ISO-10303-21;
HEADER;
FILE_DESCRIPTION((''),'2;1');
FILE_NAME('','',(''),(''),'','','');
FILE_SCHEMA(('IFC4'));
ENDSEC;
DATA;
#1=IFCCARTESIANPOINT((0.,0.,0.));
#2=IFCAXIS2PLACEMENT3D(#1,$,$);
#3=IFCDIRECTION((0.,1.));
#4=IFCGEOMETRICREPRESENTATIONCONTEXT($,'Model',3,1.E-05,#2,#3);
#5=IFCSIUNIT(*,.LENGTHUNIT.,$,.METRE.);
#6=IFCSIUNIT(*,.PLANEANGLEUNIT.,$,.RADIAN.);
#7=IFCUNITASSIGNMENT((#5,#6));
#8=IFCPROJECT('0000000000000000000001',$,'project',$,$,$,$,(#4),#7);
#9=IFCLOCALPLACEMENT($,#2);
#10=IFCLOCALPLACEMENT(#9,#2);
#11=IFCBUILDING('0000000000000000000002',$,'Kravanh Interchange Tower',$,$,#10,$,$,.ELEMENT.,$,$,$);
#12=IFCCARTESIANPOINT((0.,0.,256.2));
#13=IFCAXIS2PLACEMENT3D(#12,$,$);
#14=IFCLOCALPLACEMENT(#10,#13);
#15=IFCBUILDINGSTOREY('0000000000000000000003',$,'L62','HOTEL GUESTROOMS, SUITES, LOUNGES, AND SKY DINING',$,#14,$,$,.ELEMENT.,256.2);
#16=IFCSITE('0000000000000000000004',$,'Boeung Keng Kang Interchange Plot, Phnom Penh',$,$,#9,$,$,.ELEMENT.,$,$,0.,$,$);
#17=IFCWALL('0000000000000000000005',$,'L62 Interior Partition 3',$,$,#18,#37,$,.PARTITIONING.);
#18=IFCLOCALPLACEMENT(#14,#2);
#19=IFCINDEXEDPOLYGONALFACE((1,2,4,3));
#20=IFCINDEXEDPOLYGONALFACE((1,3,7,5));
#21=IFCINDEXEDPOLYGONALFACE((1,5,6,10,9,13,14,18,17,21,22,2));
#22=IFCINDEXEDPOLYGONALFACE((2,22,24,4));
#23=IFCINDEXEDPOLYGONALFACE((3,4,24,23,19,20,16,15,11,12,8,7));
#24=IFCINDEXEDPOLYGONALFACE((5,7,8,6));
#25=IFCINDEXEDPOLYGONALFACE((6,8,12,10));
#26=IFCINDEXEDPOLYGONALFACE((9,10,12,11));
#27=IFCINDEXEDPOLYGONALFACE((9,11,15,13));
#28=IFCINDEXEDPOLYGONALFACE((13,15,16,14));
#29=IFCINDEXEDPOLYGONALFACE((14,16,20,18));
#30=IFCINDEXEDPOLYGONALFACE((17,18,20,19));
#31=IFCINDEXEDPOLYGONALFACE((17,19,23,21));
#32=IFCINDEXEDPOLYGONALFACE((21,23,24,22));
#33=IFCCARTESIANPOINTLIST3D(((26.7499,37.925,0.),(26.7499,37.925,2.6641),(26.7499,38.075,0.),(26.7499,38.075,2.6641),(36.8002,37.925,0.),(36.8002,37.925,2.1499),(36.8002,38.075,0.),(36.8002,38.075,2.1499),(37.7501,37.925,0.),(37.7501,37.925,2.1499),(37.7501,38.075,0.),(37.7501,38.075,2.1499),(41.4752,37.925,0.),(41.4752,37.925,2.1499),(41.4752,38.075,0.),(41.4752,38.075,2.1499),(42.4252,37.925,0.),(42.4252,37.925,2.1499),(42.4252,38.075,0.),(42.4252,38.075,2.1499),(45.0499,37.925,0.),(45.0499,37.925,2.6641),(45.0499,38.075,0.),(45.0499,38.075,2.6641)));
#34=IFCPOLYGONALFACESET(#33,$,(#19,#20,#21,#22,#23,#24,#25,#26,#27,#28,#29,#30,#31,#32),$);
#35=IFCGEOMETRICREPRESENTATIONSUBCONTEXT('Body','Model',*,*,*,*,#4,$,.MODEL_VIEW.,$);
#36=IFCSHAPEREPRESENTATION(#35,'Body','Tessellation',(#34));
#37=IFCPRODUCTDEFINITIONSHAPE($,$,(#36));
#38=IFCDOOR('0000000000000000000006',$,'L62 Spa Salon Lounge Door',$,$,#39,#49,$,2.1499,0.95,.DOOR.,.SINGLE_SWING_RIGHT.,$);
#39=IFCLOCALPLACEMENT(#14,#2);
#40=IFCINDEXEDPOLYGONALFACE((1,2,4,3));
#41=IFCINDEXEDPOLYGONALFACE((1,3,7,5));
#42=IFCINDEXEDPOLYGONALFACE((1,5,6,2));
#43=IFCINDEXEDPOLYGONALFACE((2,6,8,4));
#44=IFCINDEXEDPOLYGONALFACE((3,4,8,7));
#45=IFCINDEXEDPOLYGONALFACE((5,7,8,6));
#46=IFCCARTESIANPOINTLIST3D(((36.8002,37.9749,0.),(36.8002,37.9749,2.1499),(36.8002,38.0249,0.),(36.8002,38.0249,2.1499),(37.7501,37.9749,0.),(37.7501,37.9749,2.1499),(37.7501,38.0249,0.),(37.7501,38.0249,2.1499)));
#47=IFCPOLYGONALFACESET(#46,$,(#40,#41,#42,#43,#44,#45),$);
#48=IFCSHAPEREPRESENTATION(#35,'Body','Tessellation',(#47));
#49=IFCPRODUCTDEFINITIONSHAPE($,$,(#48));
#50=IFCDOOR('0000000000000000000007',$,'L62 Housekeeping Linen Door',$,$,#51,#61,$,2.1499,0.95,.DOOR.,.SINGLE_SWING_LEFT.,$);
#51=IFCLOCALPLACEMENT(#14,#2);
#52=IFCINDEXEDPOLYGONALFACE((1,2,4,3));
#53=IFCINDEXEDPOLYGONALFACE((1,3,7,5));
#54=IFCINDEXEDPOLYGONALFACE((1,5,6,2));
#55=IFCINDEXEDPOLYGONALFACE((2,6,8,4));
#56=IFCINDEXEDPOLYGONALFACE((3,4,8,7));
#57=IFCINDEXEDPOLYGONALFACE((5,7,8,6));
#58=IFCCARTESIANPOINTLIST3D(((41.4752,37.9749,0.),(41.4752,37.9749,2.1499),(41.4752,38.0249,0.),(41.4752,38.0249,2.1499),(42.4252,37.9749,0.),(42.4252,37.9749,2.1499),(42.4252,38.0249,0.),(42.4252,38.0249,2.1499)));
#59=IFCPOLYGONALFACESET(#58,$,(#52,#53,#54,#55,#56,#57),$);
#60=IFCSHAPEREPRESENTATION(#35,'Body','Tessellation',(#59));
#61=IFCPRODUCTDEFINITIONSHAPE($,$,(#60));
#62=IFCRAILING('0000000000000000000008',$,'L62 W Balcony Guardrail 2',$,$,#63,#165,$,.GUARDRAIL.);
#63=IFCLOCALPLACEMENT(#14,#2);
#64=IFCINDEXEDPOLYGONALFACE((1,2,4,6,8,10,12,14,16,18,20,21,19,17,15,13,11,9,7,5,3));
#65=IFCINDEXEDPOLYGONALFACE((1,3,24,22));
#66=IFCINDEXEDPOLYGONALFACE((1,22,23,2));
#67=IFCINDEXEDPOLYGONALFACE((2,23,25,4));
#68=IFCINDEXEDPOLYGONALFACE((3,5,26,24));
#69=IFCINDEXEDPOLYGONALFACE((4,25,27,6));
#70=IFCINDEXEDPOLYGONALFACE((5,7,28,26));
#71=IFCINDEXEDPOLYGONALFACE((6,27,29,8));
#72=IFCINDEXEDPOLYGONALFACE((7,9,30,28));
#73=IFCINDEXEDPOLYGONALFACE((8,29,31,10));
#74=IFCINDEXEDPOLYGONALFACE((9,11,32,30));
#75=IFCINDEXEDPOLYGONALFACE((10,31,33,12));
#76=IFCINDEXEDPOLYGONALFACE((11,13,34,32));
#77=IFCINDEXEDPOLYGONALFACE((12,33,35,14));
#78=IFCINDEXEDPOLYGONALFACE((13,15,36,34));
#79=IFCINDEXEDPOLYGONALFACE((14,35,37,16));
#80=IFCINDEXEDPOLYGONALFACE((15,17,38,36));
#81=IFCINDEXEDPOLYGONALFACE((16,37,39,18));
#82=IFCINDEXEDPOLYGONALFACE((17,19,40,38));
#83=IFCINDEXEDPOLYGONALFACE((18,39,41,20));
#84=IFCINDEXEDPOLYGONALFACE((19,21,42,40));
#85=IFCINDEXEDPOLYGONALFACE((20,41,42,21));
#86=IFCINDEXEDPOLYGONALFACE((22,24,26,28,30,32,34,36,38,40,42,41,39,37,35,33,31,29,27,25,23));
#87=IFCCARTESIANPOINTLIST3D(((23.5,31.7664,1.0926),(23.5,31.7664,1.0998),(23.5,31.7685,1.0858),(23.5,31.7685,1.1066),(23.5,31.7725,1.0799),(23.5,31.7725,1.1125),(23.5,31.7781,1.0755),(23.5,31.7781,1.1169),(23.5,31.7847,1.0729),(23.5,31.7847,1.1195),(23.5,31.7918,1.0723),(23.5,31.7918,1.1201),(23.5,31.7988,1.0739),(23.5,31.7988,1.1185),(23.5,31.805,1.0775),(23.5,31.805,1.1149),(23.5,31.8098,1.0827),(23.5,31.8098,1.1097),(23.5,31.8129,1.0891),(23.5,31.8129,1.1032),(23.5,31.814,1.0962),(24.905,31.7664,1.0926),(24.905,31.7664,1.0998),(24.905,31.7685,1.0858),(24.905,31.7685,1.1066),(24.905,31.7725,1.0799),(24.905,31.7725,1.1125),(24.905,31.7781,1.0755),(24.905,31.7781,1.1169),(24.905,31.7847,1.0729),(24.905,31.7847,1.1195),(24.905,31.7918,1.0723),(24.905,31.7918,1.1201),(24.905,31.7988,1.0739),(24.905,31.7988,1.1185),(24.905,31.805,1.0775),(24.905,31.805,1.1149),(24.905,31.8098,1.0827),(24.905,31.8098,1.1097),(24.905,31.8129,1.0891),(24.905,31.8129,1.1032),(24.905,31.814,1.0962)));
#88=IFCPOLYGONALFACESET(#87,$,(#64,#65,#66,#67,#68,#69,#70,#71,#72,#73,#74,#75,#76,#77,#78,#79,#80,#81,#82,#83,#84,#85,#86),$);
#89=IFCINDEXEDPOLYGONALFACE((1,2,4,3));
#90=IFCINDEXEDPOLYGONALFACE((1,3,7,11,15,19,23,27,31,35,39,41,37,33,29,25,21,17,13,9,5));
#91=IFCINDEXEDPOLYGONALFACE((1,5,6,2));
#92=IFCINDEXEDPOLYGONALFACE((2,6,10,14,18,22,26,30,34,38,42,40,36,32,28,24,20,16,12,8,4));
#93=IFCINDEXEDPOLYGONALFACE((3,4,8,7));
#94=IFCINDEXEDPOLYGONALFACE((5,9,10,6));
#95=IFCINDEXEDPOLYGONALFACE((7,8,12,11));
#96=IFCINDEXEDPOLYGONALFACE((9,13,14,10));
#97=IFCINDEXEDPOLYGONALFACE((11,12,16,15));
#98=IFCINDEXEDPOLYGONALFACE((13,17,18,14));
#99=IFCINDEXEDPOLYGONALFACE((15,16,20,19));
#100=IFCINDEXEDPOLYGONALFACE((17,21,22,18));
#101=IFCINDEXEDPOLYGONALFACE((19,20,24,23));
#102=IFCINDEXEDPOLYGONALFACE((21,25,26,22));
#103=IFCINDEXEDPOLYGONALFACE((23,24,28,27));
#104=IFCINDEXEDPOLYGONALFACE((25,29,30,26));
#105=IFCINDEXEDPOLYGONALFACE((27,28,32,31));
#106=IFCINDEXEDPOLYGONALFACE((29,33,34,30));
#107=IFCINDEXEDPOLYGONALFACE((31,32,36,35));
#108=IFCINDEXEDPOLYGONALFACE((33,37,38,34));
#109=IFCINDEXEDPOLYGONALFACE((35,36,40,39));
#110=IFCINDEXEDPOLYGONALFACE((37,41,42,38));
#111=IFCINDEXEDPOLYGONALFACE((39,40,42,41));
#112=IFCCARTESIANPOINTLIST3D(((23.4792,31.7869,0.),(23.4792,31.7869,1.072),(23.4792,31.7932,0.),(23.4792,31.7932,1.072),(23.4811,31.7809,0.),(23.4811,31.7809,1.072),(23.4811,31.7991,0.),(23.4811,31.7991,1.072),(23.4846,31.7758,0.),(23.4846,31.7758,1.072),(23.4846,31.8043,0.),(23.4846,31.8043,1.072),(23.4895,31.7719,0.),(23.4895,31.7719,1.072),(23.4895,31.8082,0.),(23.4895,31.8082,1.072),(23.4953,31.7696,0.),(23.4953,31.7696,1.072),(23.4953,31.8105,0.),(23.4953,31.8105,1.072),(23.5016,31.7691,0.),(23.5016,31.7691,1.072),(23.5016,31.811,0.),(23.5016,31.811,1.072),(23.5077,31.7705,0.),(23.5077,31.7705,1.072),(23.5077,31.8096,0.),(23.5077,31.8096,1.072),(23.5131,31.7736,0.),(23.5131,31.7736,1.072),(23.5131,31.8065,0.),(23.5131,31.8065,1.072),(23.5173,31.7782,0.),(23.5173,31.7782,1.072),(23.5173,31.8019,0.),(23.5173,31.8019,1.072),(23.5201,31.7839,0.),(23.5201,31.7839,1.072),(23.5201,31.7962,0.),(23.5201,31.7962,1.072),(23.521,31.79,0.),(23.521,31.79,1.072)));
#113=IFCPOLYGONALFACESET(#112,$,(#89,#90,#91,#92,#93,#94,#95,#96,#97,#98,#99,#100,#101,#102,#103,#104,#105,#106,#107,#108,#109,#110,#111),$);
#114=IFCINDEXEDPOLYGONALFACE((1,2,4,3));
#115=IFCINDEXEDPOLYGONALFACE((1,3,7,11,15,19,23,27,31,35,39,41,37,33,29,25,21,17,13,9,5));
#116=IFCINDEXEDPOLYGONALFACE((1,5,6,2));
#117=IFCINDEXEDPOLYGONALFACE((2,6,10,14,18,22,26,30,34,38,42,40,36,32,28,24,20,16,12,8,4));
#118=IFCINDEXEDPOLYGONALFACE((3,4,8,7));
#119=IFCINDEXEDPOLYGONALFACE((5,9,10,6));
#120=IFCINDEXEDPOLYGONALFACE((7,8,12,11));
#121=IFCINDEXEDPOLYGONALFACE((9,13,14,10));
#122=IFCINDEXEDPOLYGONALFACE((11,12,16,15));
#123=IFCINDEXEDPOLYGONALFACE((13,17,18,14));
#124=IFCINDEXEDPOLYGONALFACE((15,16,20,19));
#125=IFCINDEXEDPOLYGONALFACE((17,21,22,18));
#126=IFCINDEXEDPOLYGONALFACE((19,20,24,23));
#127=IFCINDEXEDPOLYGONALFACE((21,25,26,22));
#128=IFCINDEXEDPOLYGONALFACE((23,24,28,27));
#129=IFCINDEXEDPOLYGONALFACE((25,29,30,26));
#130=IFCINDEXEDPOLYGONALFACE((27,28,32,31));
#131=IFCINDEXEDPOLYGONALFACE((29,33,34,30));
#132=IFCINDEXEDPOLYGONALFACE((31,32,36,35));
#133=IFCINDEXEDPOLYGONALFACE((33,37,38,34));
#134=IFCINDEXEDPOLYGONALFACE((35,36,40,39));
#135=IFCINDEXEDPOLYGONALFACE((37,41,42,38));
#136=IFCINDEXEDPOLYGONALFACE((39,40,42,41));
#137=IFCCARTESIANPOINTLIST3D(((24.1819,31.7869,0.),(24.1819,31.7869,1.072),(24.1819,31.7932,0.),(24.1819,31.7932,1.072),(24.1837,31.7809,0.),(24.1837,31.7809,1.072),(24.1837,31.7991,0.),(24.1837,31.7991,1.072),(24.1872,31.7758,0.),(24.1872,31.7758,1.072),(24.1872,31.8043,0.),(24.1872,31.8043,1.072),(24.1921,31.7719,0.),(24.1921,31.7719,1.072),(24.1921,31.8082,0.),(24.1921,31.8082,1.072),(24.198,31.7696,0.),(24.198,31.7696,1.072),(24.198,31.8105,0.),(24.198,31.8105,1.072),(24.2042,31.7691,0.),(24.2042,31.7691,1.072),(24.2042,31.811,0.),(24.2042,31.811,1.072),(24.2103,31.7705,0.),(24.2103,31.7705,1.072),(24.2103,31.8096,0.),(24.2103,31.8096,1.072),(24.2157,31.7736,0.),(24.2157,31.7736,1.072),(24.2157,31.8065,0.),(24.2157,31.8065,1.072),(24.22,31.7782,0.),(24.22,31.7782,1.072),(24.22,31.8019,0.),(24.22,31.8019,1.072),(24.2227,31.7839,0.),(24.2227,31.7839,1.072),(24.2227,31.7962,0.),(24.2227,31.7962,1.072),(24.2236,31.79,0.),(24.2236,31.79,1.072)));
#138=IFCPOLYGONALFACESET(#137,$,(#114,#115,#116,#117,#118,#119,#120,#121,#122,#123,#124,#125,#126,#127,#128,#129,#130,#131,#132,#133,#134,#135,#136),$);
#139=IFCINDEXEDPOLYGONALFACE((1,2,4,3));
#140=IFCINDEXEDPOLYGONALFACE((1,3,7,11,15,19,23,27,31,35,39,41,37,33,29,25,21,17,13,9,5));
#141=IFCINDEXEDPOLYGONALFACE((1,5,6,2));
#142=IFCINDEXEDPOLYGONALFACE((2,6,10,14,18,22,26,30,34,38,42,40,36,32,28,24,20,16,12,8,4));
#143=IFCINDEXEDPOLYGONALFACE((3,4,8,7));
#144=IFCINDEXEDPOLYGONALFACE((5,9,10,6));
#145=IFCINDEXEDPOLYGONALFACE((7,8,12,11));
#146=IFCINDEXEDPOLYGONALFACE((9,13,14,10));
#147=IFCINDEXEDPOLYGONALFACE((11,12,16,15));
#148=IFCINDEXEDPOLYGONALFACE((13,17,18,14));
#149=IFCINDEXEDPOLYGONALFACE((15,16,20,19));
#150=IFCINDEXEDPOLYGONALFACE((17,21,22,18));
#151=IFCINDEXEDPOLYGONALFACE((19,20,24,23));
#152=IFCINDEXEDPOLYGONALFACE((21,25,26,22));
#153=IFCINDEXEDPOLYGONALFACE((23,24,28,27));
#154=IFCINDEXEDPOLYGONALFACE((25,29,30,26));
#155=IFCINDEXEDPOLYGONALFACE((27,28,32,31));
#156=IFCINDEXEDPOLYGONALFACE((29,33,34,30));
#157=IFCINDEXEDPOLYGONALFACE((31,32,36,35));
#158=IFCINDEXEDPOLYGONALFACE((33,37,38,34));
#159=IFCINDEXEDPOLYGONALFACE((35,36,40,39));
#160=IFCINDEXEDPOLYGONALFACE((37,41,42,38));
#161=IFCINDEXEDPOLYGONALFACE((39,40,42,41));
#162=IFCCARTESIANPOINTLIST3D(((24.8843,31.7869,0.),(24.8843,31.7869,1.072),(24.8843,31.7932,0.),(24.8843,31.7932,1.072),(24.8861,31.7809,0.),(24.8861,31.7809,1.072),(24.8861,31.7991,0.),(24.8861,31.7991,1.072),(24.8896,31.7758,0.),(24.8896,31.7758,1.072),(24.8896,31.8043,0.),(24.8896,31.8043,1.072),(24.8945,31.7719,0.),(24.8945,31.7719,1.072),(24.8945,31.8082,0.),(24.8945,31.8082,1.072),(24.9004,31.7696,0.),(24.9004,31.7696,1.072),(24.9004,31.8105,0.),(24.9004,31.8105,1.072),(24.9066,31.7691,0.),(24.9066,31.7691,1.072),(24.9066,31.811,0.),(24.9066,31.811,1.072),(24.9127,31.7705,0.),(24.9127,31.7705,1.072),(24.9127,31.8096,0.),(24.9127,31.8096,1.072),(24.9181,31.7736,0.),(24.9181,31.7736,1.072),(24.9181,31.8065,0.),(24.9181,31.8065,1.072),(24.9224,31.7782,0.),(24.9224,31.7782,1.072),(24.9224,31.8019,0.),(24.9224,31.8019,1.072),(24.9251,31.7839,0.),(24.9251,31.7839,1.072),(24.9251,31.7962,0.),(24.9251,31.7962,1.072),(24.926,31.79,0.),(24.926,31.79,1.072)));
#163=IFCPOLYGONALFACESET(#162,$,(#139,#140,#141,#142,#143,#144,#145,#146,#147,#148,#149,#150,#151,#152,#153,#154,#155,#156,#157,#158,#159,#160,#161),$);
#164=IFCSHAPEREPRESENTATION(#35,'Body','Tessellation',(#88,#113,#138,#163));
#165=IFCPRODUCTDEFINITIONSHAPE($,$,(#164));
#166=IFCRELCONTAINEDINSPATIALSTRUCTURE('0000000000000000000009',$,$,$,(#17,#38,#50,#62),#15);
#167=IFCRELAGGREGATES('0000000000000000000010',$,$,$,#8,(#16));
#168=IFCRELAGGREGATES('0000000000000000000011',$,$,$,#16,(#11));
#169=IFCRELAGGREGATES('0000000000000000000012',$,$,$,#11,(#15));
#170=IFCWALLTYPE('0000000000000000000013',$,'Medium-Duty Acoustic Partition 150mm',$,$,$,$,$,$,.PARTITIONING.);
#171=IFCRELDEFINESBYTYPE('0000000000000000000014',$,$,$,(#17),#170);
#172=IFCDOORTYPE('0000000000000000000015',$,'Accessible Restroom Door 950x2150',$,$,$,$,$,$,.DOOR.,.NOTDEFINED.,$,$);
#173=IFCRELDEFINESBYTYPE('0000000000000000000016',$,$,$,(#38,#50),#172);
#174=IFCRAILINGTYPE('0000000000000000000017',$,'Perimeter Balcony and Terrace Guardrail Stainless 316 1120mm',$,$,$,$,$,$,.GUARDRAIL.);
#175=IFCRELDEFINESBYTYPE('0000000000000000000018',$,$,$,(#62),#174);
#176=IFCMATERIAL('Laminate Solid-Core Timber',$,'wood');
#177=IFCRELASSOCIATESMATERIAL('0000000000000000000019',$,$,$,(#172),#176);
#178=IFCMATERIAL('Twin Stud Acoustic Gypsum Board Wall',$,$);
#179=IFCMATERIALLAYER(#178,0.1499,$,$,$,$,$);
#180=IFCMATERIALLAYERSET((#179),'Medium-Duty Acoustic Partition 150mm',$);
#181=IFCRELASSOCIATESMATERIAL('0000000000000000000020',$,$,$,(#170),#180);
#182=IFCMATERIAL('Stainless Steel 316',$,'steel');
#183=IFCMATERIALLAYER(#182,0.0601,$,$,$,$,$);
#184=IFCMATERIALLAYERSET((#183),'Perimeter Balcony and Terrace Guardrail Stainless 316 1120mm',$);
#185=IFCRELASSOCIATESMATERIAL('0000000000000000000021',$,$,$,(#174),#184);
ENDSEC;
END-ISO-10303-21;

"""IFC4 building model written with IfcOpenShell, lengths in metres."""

from ifc_helpers import new_model, si_unit, direction, frame, frame_2d, origin, origin_2d, place, context, subcontext, project, spatial, rectangle, circle, extrude, material, layer, layer_set, type_object, element, fill, save


model = new_model("IFC4")

# Units and contexts
model_context = context("Model", 3, precision=1e-05, world=origin(), true_north=direction((0.0, 1.0)))
body_context = subcontext(model_context, "Body", "Model", "MODEL_VIEW")
ifc_project = project(units=[si_unit("LENGTHUNIT", "METRE"), si_unit("PLANEANGLEUNIT", "RADIAN")], contexts=[model_context])

# Site, building, storey
site_placement = place(None, origin())
site = spatial("IfcSite", under=ifc_project, at=site_placement, Name="Boeung Keng Kang Interchange Plot, Phnom Penh", CompositionType="ELEMENT", RefElevation=0.0)
building_placement = place(site_placement, origin())
building = spatial("IfcBuilding", under=site, at=building_placement, Name="Kravanh Interchange Tower", CompositionType="ELEMENT")
storey_placement = place(building_placement, frame((0.0, 0.0, 256.2)))
storey = spatial("IfcBuildingStorey", under=building, at=storey_placement, Name="L62", Description="HOTEL GUESTROOMS, SUITES, LOUNGES, AND SKY DINING", CompositionType="ELEMENT", Elevation=256.2)

# Wall, openings, doors
ifc_material_1 = material(Name="Laminate Solid-Core Timber", Category="wood")
door_type_1 = type_object("IfcDoorType", Name="Accessible Restroom Door 950x2150", OperationType="NOTDEFINED", PredefinedType="DOOR", material=ifc_material_1)
ifc_material_2 = material(Name="Twin Stud Acoustic Gypsum Board Wall")
ifc_layer_1 = layer(ifc_material_2, 0.1499)
ifc_layer_set_1 = layer_set([ifc_layer_1], Name="Medium-Duty Acoustic Partition 150mm")
wall_type_1 = type_object("IfcWallType", Name="Medium-Duty Acoustic Partition 150mm", PredefinedType="PARTITIONING", material=ifc_layer_set_1)
wall_1_placement = place(storey_placement, frame((26.75, 38.0, 0.0), z_axis=(0.0, 0.0, 1.0), x_axis=(1.0, 0.0, 0.0)))
wall_1 = element("IfcWall", 1, at=wall_1_placement, inside=storey, type_object=wall_type_1, Name="L62 Interior Partition 3", PredefinedType="PARTITIONING", context=body_context, shape_type="SweptSolid", body=[
    extrude(rectangle(XDim=18.3, YDim=0.1499, at=frame_2d((9.1499, 0.0))), origin(), (0.0, 0.0, 1.0), 2.6641),
])
opening_1_placement = place(wall_1_placement, frame((10.05, 0.0, 0.0)))
opening_1 = element("IfcOpeningElement", 2, at=opening_1_placement, cuts=wall_1, PredefinedType="OPENING", context=body_context, shape_type="SweptSolid", body=[
    extrude(rectangle(XDim=0.95, YDim=2.1499, at=frame_2d((0.4751, 1.075))), frame((0.0, 0.085, 0.0), z_axis=(0.0, -1.0, 0.0), x_axis=(1.0, 0.0, 0.0)), (0.0, 0.0, 1.0), 0.1699),
])
opening_2_placement = place(wall_1_placement, frame((14.7251, 0.0, 0.0)))
opening_2 = element("IfcOpeningElement", 3, at=opening_2_placement, cuts=wall_1, PredefinedType="OPENING", context=body_context, shape_type="SweptSolid", body=[
    extrude(rectangle(XDim=0.95, YDim=2.1499, at=frame_2d((0.4751, 1.075))), frame((0.0, 0.085, 0.0), z_axis=(0.0, -1.0, 0.0), x_axis=(1.0, 0.0, 0.0)), (0.0, 0.0, 1.0), 0.1699),
])
door_1_placement = place(opening_1_placement, origin())
door_1 = element("IfcDoor", 4, at=door_1_placement, inside=storey, type_object=door_type_1, Name="L62 Spa Salon Lounge Door", OperationType="SINGLE_SWING_RIGHT", OverallHeight=2.1499, OverallWidth=0.95, PredefinedType="DOOR", context=body_context, shape_type="SweptSolid", body=[
    extrude(rectangle(XDim=0.95, YDim=2.1499, at=frame_2d((0.4751, 1.075))), frame((0.0, 0.0249, 0.0), z_axis=(0.0, -1.0, 0.0), x_axis=(1.0, 0.0, 0.0)), (0.0, 0.0, 1.0), 0.05),
])
fill(opening_1, door_1)
door_2_placement = place(opening_2_placement, origin())
door_2 = element("IfcDoor", 5, at=door_2_placement, inside=storey, type_object=door_type_1, Name="L62 Housekeeping Linen Door", OperationType="SINGLE_SWING_LEFT", OverallHeight=2.1499, OverallWidth=0.95, PredefinedType="DOOR", context=body_context, shape_type="SweptSolid", body=[
    extrude(rectangle(XDim=0.95, YDim=2.1499, at=frame_2d((0.4751, 1.075))), frame((0.0, 0.0249, 0.0), z_axis=(0.0, -1.0, 0.0), x_axis=(1.0, 0.0, 0.0)), (0.0, 0.0, 1.0), 0.05),
])
fill(opening_2, door_2)

# Railing
ifc_material_3 = material(Name="Stainless Steel 316", Category="steel")
ifc_layer_2 = layer(ifc_material_3, 0.0601)
ifc_layer_set_2 = layer_set([ifc_layer_2], Name="Perimeter Balcony and Terrace Guardrail Stainless 316 1120mm")
railing_type = type_object("IfcRailingType", Name="Perimeter Balcony and Terrace Guardrail Stainless 316 1120mm", PredefinedType="GUARDRAIL", material=ifc_layer_set_2)
railing_placement = place(storey_placement, frame((23.5, 31.79, 0.0)))
element("IfcRailing", 6, at=railing_placement, inside=storey, type_object=railing_type, Name="L62 W Balcony Guardrail 2", PredefinedType="GUARDRAIL", context=body_context, shape_type="SweptSolid", body=[
    extrude(circle(Radius=0.0239, at=origin_2d()), frame((0.0, 0.0, 1.0962), z_axis=(1.0, 0.0, 0.0), x_axis=(0.0, 1.0, 0.0)), (0.0, 0.0, 1.0), 1.405),
    extrude(circle(Radius=0.021, at=origin_2d()), origin(), (0.0, 0.0, 1.0), 1.072),
    extrude(circle(Radius=0.021, at=origin_2d()), frame((0.7026, 0.0, 0.0)), (0.0, 0.0, 1.0), 1.072),
    extrude(circle(Radius=0.021, at=origin_2d()), frame((1.405, 0.0, 0.0)), (0.0, 0.0, 1.0), 1.072),
])

save(model, "model.ifc")
